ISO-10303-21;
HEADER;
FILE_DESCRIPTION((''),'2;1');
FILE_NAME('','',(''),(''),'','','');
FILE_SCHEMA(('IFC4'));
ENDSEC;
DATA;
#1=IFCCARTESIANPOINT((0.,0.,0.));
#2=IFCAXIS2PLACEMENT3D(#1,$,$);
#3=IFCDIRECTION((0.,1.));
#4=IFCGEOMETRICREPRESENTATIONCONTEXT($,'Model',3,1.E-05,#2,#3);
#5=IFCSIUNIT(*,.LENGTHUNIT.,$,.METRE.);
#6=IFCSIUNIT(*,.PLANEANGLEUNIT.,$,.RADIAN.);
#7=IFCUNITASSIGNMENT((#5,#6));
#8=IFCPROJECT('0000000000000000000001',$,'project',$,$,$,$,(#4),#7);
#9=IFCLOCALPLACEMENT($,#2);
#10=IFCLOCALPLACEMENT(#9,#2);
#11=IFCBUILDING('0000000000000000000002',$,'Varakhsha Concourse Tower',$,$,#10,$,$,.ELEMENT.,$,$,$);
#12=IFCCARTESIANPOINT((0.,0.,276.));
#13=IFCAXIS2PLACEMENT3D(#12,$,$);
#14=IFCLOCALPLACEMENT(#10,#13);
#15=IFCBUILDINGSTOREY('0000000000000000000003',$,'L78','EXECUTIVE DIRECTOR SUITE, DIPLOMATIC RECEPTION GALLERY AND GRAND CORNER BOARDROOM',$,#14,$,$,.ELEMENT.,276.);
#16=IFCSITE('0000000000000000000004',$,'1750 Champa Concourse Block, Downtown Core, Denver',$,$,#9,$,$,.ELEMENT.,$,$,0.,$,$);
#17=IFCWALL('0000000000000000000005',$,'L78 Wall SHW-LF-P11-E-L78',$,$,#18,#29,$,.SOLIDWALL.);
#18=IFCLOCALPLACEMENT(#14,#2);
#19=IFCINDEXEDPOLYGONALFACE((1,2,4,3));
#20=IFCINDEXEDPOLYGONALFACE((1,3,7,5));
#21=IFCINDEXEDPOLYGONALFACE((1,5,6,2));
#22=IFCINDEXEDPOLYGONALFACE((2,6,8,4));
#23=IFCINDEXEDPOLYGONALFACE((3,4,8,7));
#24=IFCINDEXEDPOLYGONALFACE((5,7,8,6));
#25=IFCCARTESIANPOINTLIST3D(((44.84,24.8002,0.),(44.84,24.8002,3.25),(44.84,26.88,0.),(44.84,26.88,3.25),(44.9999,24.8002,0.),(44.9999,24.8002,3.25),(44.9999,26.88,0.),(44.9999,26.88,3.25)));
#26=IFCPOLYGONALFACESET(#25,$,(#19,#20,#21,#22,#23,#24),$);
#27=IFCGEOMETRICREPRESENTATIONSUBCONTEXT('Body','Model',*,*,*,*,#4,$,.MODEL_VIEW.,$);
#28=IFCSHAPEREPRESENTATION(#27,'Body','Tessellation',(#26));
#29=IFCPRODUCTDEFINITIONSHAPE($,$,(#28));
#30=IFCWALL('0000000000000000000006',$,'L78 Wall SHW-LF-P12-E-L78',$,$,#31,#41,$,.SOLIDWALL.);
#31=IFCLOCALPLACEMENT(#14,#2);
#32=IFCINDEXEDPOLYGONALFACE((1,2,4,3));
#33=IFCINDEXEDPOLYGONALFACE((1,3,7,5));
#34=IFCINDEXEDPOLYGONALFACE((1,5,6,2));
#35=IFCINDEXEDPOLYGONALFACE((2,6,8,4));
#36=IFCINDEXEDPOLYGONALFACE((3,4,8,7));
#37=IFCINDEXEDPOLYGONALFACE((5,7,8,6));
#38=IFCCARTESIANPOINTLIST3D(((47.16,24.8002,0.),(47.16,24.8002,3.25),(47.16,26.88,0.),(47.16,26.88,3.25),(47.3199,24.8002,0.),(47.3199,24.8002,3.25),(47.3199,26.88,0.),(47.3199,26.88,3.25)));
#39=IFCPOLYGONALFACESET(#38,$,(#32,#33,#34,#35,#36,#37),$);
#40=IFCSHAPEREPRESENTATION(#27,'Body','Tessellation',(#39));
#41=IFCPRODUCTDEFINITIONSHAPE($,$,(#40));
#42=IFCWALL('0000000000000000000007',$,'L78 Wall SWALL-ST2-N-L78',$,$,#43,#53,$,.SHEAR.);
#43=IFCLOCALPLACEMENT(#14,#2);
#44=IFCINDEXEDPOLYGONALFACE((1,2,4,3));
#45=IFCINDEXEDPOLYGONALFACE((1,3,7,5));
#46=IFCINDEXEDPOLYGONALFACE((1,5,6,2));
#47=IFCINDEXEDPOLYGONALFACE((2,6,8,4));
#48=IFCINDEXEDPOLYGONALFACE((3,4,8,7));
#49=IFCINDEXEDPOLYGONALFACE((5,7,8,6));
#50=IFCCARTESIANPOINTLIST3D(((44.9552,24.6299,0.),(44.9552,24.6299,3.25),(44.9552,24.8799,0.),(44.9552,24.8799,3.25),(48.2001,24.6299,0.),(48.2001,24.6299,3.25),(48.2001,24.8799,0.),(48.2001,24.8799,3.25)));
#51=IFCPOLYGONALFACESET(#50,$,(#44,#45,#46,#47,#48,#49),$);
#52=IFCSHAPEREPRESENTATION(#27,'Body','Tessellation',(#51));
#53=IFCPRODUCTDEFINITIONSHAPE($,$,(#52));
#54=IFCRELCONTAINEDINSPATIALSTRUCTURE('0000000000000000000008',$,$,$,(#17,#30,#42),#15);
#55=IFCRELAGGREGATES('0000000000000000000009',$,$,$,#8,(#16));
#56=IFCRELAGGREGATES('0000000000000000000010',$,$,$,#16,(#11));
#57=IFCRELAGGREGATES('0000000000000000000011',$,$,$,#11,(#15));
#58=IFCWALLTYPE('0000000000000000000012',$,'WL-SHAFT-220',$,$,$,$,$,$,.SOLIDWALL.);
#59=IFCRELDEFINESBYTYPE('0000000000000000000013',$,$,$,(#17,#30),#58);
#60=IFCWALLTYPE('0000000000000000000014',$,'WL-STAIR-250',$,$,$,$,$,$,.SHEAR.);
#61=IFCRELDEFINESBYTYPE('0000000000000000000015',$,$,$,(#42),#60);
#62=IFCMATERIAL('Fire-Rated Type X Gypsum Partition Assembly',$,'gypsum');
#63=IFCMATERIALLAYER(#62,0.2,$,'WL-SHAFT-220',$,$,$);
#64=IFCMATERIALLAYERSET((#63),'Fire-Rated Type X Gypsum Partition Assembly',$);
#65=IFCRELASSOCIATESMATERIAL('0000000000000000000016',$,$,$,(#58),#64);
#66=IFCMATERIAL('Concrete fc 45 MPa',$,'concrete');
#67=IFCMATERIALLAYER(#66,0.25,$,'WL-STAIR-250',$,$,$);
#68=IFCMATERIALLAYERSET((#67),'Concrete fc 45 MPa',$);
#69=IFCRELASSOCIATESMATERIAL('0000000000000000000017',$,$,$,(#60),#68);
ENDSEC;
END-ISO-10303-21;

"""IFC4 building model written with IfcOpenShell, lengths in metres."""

from ifc_helpers import new_model, si_unit, direction, frame, frame_2d, origin, place, context, subcontext, project, spatial, rectangle, extrude, material, layer, layer_set, type_object, element, save


model = new_model("IFC4")

# Units and contexts
model_context = context("Model", 3, precision=1e-05, world=origin(), true_north=direction((0.0, 1.0)))
body_context = subcontext(model_context, "Body", "Model", "MODEL_VIEW")
ifc_project = project(units=[si_unit("LENGTHUNIT", "METRE"), si_unit("PLANEANGLEUNIT", "RADIAN")], contexts=[model_context])

# Site, building, storey
site_placement = place(None, origin())
site = spatial("IfcSite", under=ifc_project, at=site_placement, Name="1750 Champa Concourse Block, Downtown Core, Denver", CompositionType="ELEMENT", RefElevation=0.0)
building_placement = place(site_placement, origin())
building = spatial("IfcBuilding", under=site, at=building_placement, Name="Varakhsha Concourse Tower", CompositionType="ELEMENT")
storey_placement = place(building_placement, frame((0.0, 0.0, 276.0)))
storey = spatial("IfcBuildingStorey", under=building, at=storey_placement, Name="L78", Description="EXECUTIVE DIRECTOR SUITE, DIPLOMATIC RECEPTION GALLERY AND GRAND CORNER BOARDROOM", CompositionType="ELEMENT", Elevation=276.0)

# Shared definitions
ifc_material_1 = material(Name="Fire-Rated Type X Gypsum Partition Assembly", Category="gypsum")

# Walls
ifc_layer_1 = layer(ifc_material_1, 0.2, Name="WL-SHAFT-220")
ifc_layer_set_1 = layer_set([ifc_layer_1], Name="Fire-Rated Type X Gypsum Partition Assembly")
wall_type_1 = type_object("IfcWallType", Name="WL-SHAFT-220", PredefinedType="SOLIDWALL", material=ifc_layer_set_1)
for number, where, z_axis, x_axis, name in (
    (1, (44.9199, 24.8, 0.0), (0.0, 0.0, 1.0), (0.0, 1.0, 0.0), "L78 Wall SHW-LF-P11-E-L78"),
    (2, (47.24, 24.8, 0.0), (0.0, 0.0, 1.0), (0.0, 1.0, 0.0), "L78 Wall SHW-LF-P12-E-L78"),
):
    element("IfcWall", number, at=place(storey_placement, frame(where, z_axis=z_axis, x_axis=x_axis)), inside=storey, type_object=wall_type_1, Name=name, PredefinedType="SOLIDWALL", context=body_context, shape_type="SweptSolid", body=[
        extrude(rectangle(XDim=2.0798, YDim=0.1599, at=frame_2d((1.04, 0.0))), origin(), (0.0, 0.0, 1.0), 3.25),
    ])
ifc_material_2 = material(Name="Concrete fc 45 MPa", Category="concrete")
ifc_layer_2 = layer(ifc_material_2, 0.25, Name="WL-STAIR-250")
ifc_layer_set_2 = layer_set([ifc_layer_2], Name="Concrete fc 45 MPa")
wall_type_2 = type_object("IfcWallType", Name="WL-STAIR-250", PredefinedType="SHEAR", material=ifc_layer_set_2)
wall_1_placement = place(storey_placement, frame((44.9551, 24.7549, 0.0), z_axis=(0.0, 0.0, 1.0), x_axis=(1.0, 0.0, 0.0)))
element("IfcWall", 3, at=wall_1_placement, inside=storey, type_object=wall_type_2, Name="L78 Wall SWALL-ST2-N-L78", PredefinedType="SHEAR", context=body_context, shape_type="SweptSolid", body=[
    extrude(rectangle(XDim=3.2449, YDim=0.25, at=frame_2d((1.6226, 0.0))), origin(), (0.0, 0.0, 1.0), 3.25),
])

save(model, "model.ifc")
